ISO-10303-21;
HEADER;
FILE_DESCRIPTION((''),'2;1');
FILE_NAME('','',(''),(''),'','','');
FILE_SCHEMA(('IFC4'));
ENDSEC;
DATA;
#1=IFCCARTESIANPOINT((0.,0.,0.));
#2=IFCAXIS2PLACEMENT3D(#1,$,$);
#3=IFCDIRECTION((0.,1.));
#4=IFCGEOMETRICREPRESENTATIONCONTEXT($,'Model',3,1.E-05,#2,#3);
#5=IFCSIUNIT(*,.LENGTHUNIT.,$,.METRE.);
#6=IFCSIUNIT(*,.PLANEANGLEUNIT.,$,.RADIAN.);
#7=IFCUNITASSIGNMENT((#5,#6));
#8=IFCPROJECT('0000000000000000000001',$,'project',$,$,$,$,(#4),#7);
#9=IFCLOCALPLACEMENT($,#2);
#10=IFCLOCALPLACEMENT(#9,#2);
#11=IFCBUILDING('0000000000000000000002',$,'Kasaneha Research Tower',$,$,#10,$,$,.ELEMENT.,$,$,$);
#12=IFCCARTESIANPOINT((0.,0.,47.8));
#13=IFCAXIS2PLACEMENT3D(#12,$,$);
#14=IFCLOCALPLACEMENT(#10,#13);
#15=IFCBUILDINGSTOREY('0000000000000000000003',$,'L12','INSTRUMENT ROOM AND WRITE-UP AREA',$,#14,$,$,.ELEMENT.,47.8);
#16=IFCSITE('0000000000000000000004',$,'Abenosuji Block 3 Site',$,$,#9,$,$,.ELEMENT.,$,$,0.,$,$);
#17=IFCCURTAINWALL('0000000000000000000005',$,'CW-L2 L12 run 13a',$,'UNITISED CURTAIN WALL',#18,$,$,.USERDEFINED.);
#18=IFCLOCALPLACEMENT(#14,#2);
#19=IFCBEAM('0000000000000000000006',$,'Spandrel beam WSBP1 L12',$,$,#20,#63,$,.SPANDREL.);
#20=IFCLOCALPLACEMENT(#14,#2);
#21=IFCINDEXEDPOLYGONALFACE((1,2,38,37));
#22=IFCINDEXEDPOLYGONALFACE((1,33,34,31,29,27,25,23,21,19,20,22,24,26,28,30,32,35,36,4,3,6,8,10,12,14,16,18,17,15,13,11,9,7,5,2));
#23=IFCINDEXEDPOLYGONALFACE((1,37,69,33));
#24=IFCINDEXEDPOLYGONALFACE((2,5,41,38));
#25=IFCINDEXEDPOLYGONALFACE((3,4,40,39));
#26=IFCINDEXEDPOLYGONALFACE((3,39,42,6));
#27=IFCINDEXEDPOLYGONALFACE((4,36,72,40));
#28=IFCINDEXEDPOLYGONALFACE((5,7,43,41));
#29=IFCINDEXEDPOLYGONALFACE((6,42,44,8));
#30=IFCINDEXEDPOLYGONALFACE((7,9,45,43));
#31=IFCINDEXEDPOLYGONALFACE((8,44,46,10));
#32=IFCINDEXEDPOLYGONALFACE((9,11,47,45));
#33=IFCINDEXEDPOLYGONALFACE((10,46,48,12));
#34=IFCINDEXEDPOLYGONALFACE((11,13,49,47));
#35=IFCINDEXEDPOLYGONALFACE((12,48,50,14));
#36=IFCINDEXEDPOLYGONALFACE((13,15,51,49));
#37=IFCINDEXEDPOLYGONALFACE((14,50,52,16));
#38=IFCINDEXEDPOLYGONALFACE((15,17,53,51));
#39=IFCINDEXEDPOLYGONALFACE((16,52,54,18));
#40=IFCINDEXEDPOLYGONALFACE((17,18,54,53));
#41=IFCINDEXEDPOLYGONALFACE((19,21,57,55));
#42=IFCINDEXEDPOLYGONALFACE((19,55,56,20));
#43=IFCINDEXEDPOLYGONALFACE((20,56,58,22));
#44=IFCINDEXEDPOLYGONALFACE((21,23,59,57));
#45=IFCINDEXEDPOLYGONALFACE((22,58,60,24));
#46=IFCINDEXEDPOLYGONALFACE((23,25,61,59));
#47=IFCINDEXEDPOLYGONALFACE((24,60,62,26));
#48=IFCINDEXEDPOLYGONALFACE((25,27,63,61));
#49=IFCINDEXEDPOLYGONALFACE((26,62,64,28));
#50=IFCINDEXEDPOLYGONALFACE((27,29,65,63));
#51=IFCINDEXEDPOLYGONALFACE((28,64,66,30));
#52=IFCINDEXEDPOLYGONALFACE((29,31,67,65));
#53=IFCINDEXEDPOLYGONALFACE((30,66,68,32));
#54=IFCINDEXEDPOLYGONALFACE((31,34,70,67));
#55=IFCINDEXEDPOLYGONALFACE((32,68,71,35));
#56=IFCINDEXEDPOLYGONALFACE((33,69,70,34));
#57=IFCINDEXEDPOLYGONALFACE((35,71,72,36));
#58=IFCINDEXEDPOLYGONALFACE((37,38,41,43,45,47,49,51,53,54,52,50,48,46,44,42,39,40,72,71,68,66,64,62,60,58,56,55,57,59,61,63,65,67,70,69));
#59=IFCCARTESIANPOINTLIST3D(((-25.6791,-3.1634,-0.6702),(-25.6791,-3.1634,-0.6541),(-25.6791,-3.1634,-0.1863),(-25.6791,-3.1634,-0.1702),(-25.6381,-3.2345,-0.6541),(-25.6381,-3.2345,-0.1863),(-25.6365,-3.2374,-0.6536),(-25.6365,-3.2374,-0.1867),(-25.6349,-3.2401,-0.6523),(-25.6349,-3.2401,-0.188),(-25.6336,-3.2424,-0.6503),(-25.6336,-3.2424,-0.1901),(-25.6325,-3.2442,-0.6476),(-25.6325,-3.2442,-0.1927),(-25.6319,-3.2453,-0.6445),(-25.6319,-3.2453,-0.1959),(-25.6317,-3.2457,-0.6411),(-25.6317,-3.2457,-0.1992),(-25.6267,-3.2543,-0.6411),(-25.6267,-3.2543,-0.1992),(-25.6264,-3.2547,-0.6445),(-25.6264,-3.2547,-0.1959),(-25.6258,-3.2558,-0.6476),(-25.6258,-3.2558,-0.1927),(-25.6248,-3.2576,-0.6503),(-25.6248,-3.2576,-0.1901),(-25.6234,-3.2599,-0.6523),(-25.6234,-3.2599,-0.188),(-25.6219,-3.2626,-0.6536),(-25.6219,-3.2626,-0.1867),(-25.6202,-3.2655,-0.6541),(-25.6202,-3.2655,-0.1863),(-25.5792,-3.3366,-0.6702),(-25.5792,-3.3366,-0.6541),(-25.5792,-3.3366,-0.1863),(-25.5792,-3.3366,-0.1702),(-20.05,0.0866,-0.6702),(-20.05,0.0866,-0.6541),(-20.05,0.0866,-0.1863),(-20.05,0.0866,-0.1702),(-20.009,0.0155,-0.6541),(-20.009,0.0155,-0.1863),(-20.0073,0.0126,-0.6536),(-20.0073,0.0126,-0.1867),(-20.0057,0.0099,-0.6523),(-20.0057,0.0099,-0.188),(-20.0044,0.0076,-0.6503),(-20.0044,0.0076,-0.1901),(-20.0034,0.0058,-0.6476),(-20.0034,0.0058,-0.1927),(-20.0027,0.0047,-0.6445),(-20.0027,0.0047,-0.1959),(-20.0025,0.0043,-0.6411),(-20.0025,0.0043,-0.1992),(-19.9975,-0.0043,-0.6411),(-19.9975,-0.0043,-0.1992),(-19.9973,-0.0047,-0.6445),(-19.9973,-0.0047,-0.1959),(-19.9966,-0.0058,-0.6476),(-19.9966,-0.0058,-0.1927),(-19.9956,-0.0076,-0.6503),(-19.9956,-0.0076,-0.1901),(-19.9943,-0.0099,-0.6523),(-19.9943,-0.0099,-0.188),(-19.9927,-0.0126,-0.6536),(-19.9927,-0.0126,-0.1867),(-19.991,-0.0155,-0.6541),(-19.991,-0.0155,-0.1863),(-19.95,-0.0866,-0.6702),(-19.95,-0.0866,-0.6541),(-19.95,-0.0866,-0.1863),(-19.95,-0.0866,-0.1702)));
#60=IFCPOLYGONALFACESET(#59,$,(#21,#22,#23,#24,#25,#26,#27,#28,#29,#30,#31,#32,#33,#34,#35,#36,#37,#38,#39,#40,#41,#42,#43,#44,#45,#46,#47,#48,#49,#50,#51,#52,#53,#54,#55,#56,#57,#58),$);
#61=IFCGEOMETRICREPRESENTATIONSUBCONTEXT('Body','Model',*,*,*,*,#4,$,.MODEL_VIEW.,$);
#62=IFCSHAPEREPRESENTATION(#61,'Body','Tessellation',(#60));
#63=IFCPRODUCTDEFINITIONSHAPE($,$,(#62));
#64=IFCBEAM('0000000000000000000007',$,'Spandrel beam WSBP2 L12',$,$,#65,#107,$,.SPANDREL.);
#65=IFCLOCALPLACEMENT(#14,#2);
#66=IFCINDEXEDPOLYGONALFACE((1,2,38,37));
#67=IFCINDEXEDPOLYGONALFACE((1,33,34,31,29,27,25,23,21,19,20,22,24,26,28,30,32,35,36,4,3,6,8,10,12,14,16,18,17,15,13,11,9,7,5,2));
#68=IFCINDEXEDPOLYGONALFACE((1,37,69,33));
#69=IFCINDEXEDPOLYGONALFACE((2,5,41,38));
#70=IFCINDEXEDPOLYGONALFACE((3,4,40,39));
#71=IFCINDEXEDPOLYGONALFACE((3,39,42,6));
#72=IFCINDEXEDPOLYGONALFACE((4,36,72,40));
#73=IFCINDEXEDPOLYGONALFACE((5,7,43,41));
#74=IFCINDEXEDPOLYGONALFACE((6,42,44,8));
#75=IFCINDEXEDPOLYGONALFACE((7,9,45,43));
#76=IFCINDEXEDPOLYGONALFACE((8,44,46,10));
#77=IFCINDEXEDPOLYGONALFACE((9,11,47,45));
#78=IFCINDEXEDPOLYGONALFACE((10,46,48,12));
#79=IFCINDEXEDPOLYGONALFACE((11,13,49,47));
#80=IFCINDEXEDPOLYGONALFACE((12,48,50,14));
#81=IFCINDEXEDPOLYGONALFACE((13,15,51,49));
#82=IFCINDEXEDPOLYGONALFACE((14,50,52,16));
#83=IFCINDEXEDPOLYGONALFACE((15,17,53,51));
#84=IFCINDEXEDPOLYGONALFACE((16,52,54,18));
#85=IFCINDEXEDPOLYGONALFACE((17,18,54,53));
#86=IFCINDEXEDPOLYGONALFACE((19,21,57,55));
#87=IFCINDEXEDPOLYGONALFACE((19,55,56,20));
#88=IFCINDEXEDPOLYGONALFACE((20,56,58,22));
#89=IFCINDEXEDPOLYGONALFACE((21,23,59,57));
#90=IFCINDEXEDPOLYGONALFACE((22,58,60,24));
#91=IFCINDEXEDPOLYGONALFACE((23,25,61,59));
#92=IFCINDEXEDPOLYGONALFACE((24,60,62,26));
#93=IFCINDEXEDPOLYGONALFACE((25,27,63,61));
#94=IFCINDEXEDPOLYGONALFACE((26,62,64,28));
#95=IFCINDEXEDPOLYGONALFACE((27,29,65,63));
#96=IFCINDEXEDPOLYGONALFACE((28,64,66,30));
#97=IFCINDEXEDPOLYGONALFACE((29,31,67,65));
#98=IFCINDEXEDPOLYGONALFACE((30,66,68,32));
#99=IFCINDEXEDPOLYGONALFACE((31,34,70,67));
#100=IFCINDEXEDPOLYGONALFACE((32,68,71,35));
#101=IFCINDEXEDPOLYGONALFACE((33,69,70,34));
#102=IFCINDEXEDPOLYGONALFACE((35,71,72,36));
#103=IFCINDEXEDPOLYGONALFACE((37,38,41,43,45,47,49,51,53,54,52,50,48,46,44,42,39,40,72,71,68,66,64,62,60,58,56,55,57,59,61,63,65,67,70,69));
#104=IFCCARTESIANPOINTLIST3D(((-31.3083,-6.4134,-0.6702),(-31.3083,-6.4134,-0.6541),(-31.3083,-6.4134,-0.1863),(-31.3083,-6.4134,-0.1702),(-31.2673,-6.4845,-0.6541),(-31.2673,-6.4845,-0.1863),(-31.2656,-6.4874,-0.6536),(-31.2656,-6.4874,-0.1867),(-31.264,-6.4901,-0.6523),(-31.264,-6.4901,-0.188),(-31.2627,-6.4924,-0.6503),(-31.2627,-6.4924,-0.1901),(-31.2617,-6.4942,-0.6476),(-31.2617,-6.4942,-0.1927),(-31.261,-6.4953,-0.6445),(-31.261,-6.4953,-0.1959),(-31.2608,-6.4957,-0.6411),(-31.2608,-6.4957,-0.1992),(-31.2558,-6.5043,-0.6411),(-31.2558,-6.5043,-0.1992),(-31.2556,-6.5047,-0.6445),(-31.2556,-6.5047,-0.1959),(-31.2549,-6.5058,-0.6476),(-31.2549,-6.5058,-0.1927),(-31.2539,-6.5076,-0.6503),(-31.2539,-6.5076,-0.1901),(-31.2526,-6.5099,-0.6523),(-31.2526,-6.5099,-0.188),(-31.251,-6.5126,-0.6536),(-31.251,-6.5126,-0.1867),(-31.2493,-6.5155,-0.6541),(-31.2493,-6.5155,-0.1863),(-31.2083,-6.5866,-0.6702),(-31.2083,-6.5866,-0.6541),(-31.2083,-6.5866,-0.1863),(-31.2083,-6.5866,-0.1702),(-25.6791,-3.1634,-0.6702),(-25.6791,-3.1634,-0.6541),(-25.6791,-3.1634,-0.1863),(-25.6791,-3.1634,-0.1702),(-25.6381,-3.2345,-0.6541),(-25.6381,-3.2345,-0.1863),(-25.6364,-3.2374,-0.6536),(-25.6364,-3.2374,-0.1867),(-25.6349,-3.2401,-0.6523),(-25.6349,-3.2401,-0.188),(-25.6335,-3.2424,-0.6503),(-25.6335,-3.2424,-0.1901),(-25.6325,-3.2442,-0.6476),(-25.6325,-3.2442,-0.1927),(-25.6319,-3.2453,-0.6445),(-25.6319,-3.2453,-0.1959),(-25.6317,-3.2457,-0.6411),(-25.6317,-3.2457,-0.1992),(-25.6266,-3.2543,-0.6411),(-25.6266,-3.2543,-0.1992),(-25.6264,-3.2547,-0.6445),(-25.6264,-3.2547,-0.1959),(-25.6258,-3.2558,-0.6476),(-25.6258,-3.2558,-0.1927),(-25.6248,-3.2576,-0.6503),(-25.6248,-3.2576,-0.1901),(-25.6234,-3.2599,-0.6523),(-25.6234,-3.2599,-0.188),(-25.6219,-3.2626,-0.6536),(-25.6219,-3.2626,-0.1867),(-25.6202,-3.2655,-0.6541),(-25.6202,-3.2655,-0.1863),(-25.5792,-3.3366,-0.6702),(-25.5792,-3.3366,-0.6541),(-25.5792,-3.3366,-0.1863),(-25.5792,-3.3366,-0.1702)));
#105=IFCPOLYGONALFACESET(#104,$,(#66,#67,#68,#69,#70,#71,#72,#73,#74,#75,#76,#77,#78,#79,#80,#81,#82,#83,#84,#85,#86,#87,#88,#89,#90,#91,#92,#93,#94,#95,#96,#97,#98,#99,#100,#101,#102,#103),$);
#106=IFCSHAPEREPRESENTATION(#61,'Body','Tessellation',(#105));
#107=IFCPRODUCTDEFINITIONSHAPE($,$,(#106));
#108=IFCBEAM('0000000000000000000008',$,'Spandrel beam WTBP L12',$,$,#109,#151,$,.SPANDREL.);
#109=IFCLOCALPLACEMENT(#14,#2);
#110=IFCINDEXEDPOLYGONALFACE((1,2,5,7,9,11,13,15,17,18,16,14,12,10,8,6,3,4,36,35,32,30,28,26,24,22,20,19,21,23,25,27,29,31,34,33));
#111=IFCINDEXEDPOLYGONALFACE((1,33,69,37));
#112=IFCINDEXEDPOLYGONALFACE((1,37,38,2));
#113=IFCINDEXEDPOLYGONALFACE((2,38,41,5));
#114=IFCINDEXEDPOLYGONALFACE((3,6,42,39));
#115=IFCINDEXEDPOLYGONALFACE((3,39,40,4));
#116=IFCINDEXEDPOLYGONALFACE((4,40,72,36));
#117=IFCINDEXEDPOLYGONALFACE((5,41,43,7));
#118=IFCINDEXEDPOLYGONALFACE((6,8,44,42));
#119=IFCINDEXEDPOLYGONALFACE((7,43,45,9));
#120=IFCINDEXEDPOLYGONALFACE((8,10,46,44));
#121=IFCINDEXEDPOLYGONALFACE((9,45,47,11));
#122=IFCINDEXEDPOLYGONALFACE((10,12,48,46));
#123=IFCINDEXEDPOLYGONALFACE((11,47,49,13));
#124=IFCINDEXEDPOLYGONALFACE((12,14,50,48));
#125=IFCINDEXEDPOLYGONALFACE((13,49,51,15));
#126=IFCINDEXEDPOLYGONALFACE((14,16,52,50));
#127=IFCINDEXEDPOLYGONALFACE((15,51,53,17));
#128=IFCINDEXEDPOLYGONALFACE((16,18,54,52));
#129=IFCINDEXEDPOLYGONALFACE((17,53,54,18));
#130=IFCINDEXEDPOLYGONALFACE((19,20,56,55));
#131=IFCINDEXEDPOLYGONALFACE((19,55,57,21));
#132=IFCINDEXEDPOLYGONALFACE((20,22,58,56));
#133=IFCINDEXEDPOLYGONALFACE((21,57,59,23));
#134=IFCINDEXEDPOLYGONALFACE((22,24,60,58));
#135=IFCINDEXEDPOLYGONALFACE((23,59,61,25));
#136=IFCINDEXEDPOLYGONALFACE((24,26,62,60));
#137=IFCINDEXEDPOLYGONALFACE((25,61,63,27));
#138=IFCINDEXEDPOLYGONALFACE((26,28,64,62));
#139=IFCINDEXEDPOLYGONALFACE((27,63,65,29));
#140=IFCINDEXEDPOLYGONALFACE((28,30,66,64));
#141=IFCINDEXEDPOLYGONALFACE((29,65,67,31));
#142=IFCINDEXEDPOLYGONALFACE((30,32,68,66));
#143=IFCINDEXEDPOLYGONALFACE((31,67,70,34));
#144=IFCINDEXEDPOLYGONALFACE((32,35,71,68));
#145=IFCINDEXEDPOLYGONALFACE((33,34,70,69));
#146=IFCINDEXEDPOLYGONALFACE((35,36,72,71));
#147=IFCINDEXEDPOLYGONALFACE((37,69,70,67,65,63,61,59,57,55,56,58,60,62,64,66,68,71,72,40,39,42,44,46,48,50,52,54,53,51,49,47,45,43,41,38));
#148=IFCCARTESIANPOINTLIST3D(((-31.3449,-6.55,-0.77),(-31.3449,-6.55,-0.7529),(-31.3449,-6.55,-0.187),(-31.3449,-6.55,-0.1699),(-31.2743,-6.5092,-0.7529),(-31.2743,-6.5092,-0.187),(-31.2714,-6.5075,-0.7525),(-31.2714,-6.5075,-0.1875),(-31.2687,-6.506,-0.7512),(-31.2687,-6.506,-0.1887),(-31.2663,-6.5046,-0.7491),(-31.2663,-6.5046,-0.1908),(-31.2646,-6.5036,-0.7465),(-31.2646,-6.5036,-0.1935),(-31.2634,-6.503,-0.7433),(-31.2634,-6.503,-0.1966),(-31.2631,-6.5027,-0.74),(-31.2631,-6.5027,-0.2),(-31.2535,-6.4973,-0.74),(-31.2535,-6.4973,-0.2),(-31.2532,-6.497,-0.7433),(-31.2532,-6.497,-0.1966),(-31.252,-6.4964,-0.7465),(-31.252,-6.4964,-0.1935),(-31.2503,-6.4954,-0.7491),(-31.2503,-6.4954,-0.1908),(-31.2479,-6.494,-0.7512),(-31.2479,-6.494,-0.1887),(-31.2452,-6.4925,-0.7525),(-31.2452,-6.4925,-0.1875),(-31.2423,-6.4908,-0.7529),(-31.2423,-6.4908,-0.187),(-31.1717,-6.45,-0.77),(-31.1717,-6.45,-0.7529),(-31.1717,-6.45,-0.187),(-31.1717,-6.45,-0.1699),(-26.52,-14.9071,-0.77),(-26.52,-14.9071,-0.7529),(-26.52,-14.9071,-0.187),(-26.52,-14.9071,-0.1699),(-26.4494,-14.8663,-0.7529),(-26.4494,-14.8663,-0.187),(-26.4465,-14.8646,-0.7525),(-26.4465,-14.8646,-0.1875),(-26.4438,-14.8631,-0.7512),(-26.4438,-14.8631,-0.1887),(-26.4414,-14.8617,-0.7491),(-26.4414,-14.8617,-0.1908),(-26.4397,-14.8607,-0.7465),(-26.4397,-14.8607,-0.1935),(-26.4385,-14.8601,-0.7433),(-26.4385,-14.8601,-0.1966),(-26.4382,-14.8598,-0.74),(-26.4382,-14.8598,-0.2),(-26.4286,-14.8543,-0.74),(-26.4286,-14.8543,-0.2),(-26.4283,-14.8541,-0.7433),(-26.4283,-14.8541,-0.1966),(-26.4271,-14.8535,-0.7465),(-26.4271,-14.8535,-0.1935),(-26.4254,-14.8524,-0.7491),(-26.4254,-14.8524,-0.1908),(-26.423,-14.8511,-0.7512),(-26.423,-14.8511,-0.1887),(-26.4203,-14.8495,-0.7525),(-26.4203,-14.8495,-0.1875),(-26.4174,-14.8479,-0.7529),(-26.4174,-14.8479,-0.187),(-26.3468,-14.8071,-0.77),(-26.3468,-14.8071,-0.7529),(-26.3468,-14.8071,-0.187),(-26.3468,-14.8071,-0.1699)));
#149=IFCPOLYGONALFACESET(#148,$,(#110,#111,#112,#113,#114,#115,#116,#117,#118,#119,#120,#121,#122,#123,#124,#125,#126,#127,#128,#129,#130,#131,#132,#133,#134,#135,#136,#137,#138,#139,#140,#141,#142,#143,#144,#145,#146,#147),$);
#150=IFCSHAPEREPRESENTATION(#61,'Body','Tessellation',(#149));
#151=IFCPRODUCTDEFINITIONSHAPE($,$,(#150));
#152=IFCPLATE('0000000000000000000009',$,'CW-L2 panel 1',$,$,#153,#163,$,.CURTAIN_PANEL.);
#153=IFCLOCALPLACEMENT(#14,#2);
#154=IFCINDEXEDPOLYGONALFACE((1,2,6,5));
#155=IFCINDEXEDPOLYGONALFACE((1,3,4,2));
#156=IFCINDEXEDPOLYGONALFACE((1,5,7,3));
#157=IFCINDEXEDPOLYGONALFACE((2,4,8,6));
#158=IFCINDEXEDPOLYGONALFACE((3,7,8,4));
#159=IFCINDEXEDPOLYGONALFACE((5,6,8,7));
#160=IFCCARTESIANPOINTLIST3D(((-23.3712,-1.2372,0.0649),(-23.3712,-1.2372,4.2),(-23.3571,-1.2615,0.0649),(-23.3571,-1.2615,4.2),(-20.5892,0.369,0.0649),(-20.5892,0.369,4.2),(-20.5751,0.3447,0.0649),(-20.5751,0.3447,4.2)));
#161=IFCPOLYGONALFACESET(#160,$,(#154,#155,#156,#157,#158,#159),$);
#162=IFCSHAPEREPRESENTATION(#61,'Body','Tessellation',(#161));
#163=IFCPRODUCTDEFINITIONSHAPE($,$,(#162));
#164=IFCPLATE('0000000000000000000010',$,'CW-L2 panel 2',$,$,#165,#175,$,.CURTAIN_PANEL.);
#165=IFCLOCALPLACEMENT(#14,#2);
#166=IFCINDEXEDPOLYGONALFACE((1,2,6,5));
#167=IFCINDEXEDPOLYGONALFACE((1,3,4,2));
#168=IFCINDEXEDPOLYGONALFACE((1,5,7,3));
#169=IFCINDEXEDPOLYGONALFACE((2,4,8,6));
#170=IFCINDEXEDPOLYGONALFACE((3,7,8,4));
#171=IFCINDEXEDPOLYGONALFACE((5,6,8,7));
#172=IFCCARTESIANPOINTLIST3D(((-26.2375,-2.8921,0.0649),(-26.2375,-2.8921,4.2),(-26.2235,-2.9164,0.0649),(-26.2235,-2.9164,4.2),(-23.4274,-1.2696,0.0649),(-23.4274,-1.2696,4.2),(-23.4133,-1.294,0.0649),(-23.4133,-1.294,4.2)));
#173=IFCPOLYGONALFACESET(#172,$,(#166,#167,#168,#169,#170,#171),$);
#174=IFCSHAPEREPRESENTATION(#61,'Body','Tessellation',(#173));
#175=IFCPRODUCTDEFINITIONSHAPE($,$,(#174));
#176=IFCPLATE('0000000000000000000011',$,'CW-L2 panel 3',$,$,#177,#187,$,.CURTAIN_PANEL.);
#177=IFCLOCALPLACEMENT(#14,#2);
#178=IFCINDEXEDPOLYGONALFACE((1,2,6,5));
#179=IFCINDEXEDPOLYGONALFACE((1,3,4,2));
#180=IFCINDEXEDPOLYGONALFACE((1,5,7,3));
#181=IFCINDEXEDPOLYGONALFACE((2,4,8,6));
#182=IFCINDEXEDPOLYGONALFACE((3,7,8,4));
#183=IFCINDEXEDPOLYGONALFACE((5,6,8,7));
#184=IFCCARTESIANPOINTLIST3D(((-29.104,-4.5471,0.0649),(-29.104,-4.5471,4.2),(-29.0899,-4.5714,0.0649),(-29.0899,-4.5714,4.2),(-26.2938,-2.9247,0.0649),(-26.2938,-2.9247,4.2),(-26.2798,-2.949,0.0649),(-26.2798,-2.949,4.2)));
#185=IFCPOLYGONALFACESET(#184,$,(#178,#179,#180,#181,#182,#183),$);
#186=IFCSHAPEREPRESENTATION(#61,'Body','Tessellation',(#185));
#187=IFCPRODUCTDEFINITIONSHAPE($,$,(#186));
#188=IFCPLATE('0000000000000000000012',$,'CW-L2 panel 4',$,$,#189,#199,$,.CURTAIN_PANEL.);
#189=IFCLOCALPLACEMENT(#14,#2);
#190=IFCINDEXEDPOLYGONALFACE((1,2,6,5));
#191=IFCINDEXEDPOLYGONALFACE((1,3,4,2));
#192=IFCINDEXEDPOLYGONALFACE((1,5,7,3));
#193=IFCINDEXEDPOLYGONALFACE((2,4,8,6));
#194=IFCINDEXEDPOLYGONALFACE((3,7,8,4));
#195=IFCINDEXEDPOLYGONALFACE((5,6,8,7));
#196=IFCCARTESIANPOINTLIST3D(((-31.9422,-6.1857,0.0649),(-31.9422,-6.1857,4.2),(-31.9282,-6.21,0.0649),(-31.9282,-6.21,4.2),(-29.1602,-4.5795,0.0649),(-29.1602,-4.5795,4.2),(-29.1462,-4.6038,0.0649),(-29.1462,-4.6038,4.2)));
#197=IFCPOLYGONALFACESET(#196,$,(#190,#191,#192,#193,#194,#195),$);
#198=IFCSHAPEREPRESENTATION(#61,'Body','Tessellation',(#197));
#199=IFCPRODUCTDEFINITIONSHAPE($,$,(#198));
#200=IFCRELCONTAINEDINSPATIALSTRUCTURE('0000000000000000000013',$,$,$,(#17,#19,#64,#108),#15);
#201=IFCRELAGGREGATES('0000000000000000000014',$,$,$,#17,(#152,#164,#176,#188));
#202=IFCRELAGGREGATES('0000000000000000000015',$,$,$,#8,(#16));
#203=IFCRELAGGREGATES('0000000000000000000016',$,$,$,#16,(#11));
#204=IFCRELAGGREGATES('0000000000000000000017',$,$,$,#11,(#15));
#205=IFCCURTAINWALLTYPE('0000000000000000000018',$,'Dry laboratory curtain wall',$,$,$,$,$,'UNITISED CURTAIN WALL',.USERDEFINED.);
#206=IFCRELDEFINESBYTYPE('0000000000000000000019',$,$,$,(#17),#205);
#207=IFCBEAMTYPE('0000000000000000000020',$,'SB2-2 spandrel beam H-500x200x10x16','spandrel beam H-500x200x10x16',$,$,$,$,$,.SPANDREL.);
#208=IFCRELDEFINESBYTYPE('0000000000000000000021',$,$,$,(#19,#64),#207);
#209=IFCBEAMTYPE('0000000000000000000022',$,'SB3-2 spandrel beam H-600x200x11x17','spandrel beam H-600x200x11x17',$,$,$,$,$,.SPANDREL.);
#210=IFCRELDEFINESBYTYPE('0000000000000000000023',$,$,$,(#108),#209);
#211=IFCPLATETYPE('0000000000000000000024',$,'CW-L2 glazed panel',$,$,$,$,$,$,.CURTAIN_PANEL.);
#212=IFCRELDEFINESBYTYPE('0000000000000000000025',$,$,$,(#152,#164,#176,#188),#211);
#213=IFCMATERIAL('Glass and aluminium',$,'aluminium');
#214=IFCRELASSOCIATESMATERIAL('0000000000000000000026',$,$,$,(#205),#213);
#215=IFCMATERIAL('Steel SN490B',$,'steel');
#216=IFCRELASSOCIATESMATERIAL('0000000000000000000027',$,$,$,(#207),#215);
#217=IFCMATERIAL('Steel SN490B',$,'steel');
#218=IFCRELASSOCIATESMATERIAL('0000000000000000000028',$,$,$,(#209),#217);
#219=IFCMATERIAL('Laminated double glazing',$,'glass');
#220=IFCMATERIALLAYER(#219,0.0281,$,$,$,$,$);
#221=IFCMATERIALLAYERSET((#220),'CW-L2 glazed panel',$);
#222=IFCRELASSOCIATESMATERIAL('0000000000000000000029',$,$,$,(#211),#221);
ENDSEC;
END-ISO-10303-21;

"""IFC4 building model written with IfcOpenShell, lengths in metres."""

from ifc_helpers import new_model, si_unit, direction, frame, origin, origin_2d, place, context, subcontext, project, spatial, rectangle, i_section, extrude, material, layer, layer_set, material_profile, profile_set, type_object, element, aggregate, save


model = new_model("IFC4")

# Units and contexts
model_context = context("Model", 3, precision=1e-05, world=origin(), true_north=direction((0.0, 1.0)))
body_context = subcontext(model_context, "Body", "Model", "MODEL_VIEW")
ifc_project = project(units=[si_unit("LENGTHUNIT", "METRE"), si_unit("PLANEANGLEUNIT", "RADIAN")], contexts=[model_context])

# Site, building, storey
site_placement = place(None, origin())
site = spatial("IfcSite", under=ifc_project, at=site_placement, Name="Abenosuji Block 3 Site", CompositionType="ELEMENT", RefElevation=0.0)
building_placement = place(site_placement, origin())
building = spatial("IfcBuilding", under=site, at=building_placement, Name="Kasaneha Research Tower", CompositionType="ELEMENT")
storey_placement = place(building_placement, frame((0.0, 0.0, 47.8)))
storey = spatial("IfcBuildingStorey", under=building, at=storey_placement, Name="L12", Description="INSTRUMENT ROOM AND WRITE-UP AREA", CompositionType="ELEMENT", Elevation=47.8)

# Curtain wall
ifc_material_1 = material(Name="Glass and aluminium", Category="aluminium")
curtain_wall_type = type_object("IfcCurtainWallType", Name="Dry laboratory curtain wall", ElementType="UNITISED CURTAIN WALL", PredefinedType="USERDEFINED", material=ifc_material_1)
curtain_wall_1_placement = place(storey_placement, origin())
curtain_wall_1 = element("IfcCurtainWall", 1, at=curtain_wall_1_placement, inside=storey, type_object=curtain_wall_type, Name="CW-L2 L12 run 13a", ObjectType="UNITISED CURTAIN WALL", PredefinedType="USERDEFINED")

# Beams
ifc_material_2 = material(Name="Steel SN490B", Category="steel")
ifc_material_profile_1 = material_profile(ifc_material_2, i_section(OverallWidth=0.2, OverallDepth=0.5, WebThickness=0.01, FlangeThickness=0.0161, FilletRadius=0.0129, at=origin_2d()), Name="H-500x200x10x16")
ifc_profile_set_1 = profile_set([ifc_material_profile_1], Name="Steel SN490B")
beam_type_1 = type_object("IfcBeamType", Name="SB2-2 spandrel beam H-500x200x10x16", Description="spandrel beam H-500x200x10x16", PredefinedType="SPANDREL", material=ifc_profile_set_1)
for number, where, z_axis, x_axis, name in (
    (2, (-20.0, 0.0, -0.4202), (-0.866025, -0.500001, 0.0), (0.500001, -0.866025, 0.0), "Spandrel beam WSBP1 L12"),
    (3, (-25.6292, -3.25, -0.4202), (-0.866025, -0.500001, 0.0), (0.500001, -0.866025, 0.0), "Spandrel beam WSBP2 L12"),
):
    element("IfcBeam", number, at=place(storey_placement, frame(where, z_axis=z_axis, x_axis=x_axis)), inside=storey, type_object=beam_type_1, Name=name, PredefinedType="SPANDREL", context=body_context, shape_type="SweptSolid", body=[
        extrude(i_section(OverallWidth=0.2, OverallDepth=0.5, WebThickness=0.01, FlangeThickness=0.0161, FilletRadius=0.0129, at=origin_2d()), origin(), (0.0, 0.0, 1.0), 6.5),
    ])
ifc_material_3 = material(Name="Steel SN490B", Category="steel")
ifc_material_profile_2 = material_profile(ifc_material_3, i_section(OverallWidth=0.2, OverallDepth=0.6001, WebThickness=0.011, FlangeThickness=0.0171, FilletRadius=0.0129, at=origin_2d()), Name="H-600x200x11x17")
ifc_profile_set_2 = profile_set([ifc_material_profile_2], Name="Steel SN490B")
beam_type_2 = type_object("IfcBeamType", Name="SB3-2 spandrel beam H-600x200x11x17", Description="spandrel beam H-600x200x11x17", PredefinedType="SPANDREL", material=ifc_profile_set_2)
beam_1_placement = place(storey_placement, frame((-31.2583, -6.5, -0.47), z_axis=(0.499995, -0.866028, 0.0), x_axis=(0.866028, 0.499995, 0.0)))
element("IfcBeam", 4, at=beam_1_placement, inside=storey, type_object=beam_type_2, Name="Spandrel beam WTBP L12", PredefinedType="SPANDREL", context=body_context, shape_type="SweptSolid", body=[
    extrude(i_section(OverallWidth=0.2, OverallDepth=0.6001, WebThickness=0.011, FlangeThickness=0.0171, FilletRadius=0.0129, at=origin_2d()), origin(), (0.0, 0.0, 1.0), 9.6499),
])

# Plates
ifc_material_4 = material(Name="Laminated double glazing", Category="glass")
ifc_layer_1 = layer(ifc_material_4, 0.0281)
ifc_layer_set_1 = layer_set([ifc_layer_1], Name="CW-L2 glazed panel")
plate_type = type_object("IfcPlateType", Name="CW-L2 glazed panel", PredefinedType="CURTAIN_PANEL", material=ifc_layer_set_1)
plate_1_placement = place(storey_placement, frame((-21.9731, -0.4463, 0.0649), z_axis=(0.0, 0.0, 1.0), x_axis=(-0.866025, -0.5, 0.0)))
plate_1 = element("IfcPlate", 5, at=plate_1_placement, type_object=plate_type, Name="CW-L2 panel 1", PredefinedType="CURTAIN_PANEL", context=body_context, shape_type="SweptSolid", body=[
    extrude(rectangle(XDim=3.2124, YDim=0.0281, at=origin_2d()), origin(), (0.0, 0.0, 1.0), 4.135),
])
plate_2_placement = place(storey_placement, frame((-24.8254, -2.093, 0.0649), z_axis=(0.0, 0.0, 1.0), x_axis=(-0.866025, -0.5, 0.0)))
plate_2 = element("IfcPlate", 6, at=plate_2_placement, type_object=plate_type, Name="CW-L2 panel 2", PredefinedType="CURTAIN_PANEL", context=body_context, shape_type="SweptSolid", body=[
    extrude(rectangle(XDim=3.2449, YDim=0.0281, at=origin_2d()), origin(), (0.0, 0.0, 1.0), 4.135),
])
plate_3_placement = place(storey_placement, frame((-27.6919, -3.748, 0.0649), z_axis=(0.0, 0.0, 1.0), x_axis=(-0.866025, -0.5, 0.0)))
plate_3 = element("IfcPlate", 7, at=plate_3_placement, type_object=plate_type, Name="CW-L2 panel 3", PredefinedType="CURTAIN_PANEL", context=body_context, shape_type="SweptSolid", body=[
    extrude(rectangle(XDim=3.2449, YDim=0.0281, at=origin_2d()), origin(), (0.0, 0.0, 1.0), 4.135),
])
plate_4_placement = place(storey_placement, frame((-30.5442, -5.3948, 0.0649), z_axis=(0.0, 0.0, 1.0), x_axis=(-0.866025, -0.5, 0.0)))
plate_4 = element("IfcPlate", 8, at=plate_4_placement, type_object=plate_type, Name="CW-L2 panel 4", PredefinedType="CURTAIN_PANEL", context=body_context, shape_type="SweptSolid", body=[
    extrude(rectangle(XDim=3.2124, YDim=0.0281, at=origin_2d()), origin(), (0.0, 0.0, 1.0), 4.135),
])
aggregate(curtain_wall_1, [plate_1, plate_2, plate_3, plate_4])

save(model, "model.ifc")
